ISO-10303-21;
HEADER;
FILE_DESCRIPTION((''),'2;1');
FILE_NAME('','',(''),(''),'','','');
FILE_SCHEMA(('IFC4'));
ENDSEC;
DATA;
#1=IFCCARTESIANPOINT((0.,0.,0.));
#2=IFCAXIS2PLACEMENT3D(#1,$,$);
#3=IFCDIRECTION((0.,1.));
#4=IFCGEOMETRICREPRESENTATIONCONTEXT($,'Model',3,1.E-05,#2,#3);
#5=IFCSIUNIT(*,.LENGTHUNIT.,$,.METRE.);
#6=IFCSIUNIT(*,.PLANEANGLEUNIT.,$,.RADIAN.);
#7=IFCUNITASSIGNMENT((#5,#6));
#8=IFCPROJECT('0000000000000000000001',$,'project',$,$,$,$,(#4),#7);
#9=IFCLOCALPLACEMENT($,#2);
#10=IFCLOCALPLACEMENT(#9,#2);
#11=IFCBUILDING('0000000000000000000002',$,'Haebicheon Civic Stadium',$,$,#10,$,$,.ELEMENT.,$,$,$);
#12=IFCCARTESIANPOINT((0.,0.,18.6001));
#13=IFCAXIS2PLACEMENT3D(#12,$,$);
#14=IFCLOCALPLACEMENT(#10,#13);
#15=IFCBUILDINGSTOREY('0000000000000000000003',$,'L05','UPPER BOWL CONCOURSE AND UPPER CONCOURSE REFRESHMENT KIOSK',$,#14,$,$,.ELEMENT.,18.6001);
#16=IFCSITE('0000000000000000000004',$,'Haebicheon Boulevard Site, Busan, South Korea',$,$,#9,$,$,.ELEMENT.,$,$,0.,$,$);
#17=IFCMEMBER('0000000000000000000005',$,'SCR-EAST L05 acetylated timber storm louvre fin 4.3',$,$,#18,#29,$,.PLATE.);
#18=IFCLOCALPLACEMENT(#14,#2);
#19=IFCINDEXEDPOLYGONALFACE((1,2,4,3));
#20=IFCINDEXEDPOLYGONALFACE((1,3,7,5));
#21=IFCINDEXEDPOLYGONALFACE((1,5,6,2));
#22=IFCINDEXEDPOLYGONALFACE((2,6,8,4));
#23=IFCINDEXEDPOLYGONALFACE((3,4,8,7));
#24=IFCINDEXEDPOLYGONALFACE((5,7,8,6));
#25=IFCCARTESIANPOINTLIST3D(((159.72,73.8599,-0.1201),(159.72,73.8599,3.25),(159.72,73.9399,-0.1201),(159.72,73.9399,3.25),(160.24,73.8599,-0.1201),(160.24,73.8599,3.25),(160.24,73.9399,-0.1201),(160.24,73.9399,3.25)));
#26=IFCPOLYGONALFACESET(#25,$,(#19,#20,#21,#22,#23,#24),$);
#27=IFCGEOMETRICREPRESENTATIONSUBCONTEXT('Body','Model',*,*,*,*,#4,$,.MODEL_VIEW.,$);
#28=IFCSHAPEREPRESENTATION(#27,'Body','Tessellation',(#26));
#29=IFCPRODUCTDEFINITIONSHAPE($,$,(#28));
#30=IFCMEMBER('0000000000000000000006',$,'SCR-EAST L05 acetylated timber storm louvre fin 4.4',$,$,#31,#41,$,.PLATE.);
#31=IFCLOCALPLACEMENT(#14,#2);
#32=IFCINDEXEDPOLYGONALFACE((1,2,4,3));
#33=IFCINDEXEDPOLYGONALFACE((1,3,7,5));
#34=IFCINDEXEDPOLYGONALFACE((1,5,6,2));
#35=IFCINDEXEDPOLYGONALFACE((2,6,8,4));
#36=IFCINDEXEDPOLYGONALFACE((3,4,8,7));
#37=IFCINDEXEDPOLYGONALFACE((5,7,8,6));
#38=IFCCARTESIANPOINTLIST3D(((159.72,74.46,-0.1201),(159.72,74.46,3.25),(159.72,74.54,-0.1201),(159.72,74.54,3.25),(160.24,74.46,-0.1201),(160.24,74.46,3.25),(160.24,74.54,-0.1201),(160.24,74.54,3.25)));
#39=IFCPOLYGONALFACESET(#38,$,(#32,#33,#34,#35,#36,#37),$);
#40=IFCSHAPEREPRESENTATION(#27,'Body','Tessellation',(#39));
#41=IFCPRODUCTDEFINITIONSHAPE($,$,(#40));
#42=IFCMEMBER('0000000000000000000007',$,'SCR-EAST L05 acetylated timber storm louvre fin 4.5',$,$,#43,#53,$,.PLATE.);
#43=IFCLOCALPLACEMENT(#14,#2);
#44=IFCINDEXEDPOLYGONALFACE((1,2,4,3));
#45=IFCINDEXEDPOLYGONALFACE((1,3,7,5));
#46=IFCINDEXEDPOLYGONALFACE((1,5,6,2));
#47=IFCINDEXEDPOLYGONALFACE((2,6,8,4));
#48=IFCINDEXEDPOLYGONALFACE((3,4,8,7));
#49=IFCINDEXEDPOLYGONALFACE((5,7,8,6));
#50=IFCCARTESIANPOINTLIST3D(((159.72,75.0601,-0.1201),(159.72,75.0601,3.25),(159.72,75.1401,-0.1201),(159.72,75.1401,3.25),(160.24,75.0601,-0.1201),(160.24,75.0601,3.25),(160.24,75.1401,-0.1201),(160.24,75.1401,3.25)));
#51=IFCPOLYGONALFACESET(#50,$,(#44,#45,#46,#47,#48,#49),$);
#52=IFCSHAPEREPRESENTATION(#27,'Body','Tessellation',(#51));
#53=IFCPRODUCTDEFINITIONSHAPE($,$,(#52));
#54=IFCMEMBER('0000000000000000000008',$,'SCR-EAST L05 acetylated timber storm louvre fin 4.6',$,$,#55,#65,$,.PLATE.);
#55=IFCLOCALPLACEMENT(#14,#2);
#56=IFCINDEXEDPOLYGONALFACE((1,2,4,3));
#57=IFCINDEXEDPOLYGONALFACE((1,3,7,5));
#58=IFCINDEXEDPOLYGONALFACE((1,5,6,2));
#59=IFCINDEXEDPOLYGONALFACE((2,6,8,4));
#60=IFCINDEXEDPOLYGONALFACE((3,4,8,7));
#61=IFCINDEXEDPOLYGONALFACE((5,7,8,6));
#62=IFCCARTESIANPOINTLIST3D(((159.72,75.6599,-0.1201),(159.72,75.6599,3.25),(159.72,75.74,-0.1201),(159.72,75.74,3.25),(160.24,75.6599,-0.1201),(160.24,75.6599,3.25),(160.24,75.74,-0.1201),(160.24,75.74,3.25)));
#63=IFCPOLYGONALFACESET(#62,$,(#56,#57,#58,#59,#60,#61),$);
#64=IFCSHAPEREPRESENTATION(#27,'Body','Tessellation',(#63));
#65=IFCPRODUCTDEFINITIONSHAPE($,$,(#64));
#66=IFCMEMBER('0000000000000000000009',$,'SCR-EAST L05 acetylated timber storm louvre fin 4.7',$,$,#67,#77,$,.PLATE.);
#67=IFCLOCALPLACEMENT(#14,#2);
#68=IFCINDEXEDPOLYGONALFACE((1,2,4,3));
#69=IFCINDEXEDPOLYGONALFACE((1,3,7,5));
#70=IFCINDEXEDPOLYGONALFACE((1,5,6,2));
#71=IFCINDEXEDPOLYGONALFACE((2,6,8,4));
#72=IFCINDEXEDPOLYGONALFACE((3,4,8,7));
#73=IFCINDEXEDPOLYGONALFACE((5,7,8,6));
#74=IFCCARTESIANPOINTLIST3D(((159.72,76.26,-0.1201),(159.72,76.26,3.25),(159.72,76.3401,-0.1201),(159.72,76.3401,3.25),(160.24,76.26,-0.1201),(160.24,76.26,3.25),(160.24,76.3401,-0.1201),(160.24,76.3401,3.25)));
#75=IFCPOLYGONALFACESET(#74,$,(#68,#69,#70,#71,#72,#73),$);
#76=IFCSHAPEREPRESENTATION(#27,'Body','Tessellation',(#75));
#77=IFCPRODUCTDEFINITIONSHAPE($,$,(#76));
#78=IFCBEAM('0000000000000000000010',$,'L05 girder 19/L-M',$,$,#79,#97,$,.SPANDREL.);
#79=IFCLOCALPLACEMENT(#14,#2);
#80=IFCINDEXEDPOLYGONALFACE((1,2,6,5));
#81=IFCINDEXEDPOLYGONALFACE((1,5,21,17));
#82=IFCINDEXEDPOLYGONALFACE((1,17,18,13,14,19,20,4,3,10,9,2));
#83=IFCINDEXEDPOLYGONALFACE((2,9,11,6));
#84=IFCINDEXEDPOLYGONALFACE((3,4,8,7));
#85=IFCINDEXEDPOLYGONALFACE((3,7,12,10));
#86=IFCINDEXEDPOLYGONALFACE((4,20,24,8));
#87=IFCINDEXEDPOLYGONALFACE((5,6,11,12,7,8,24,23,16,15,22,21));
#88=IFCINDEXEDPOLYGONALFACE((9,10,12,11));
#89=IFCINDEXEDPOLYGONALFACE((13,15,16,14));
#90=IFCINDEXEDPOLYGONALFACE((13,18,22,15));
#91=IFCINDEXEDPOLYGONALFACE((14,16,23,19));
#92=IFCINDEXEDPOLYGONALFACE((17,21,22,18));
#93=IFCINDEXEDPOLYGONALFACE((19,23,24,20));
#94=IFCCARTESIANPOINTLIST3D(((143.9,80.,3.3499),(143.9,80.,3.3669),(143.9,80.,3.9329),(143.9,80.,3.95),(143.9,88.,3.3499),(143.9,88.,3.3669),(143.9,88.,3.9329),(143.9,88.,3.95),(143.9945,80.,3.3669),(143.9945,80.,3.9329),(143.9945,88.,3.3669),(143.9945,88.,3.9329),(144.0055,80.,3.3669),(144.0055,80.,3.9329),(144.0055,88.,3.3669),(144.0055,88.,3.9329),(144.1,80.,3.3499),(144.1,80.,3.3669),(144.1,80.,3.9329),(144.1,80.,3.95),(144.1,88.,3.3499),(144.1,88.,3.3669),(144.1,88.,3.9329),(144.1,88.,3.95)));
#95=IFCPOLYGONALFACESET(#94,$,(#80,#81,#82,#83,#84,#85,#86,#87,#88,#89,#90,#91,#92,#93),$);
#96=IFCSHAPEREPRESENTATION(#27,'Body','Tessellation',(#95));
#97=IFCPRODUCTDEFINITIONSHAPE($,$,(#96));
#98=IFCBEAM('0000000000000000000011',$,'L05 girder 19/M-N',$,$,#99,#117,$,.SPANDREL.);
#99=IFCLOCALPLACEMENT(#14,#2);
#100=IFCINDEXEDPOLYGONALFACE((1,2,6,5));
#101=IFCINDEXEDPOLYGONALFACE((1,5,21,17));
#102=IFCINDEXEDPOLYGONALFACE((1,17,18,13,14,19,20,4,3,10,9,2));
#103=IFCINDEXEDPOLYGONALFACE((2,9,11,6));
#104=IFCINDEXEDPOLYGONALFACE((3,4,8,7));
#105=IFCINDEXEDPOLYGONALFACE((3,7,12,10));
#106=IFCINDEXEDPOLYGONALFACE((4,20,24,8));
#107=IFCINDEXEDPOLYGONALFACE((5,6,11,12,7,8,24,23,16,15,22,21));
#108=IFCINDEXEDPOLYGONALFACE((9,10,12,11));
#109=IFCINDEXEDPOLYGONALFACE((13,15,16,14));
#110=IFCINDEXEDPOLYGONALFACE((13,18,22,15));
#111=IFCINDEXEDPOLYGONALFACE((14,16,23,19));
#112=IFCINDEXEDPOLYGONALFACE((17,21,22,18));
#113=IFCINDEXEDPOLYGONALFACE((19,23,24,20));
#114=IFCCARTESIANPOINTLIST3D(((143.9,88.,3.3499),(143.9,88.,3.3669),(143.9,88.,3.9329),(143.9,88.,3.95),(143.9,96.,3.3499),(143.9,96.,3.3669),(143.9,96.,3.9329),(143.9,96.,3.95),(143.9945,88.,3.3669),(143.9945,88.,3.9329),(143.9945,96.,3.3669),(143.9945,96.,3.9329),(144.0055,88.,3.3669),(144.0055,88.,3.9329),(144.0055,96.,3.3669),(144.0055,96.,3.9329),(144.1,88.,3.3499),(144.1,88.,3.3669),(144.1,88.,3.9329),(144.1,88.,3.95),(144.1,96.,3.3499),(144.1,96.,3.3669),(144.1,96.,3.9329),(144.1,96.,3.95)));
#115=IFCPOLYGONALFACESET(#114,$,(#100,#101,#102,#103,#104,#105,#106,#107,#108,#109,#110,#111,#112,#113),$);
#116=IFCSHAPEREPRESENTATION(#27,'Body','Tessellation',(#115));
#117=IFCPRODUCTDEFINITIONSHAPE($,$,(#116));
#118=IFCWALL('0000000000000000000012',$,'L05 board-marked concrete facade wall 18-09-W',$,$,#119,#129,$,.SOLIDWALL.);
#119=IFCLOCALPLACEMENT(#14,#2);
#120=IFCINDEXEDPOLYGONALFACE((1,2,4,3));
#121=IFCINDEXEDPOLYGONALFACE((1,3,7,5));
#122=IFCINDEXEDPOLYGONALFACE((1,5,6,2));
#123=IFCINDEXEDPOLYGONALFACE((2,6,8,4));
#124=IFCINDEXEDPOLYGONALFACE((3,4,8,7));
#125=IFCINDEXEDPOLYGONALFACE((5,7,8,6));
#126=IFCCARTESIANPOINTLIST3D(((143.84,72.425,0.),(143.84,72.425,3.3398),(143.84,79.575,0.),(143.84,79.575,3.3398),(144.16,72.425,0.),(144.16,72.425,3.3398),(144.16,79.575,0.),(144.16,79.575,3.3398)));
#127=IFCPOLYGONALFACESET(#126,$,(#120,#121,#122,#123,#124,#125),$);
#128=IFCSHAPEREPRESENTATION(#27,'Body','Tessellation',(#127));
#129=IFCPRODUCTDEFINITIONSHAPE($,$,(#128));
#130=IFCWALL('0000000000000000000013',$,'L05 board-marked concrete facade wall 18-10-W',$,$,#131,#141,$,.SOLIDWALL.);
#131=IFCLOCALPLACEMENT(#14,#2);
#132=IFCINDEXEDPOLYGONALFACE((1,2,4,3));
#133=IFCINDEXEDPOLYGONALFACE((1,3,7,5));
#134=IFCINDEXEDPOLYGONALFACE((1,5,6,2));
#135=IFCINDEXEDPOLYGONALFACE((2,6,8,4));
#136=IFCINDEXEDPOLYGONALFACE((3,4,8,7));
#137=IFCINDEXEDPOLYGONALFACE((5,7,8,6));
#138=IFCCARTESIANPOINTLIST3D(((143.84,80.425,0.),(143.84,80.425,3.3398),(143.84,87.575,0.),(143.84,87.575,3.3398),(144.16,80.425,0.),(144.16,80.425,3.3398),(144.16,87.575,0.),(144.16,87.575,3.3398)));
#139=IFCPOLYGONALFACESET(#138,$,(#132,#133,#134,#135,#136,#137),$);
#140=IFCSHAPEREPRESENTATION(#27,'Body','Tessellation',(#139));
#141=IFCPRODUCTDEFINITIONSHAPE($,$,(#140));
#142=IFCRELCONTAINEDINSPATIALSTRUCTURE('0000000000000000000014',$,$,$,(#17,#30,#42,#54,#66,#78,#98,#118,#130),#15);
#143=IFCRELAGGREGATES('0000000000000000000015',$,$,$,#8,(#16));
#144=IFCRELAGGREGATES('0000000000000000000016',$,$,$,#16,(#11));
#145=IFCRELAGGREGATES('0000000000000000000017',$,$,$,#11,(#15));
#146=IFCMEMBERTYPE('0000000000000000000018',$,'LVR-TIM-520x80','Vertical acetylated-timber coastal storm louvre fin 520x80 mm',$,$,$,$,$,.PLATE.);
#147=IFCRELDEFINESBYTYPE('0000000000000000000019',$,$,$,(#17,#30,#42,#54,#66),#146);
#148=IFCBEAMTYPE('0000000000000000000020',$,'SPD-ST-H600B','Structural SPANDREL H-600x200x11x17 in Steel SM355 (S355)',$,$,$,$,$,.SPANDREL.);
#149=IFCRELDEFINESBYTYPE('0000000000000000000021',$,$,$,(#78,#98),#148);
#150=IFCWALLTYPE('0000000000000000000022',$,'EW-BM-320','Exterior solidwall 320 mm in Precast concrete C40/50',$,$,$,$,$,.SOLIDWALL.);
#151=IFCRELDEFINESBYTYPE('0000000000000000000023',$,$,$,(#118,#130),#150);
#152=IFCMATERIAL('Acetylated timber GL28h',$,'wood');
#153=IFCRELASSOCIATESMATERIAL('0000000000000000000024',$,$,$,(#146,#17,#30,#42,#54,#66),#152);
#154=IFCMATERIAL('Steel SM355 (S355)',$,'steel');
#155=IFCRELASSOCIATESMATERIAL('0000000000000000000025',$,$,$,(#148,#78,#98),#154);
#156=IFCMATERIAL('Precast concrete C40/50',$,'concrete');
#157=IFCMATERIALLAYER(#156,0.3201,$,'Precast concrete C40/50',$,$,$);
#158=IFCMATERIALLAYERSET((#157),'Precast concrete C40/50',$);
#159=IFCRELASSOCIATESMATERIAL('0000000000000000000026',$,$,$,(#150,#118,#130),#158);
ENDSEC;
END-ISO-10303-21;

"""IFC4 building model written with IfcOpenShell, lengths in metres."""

from ifc_helpers import new_model, si_unit, direction, frame, frame_2d, origin, origin_2d, place, context, subcontext, project, spatial, rectangle, i_section, extrude, material, layer, layer_set, material_profile, profile_set, type_object, element, save


model = new_model("IFC4")

# Units and contexts
model_context = context("Model", 3, precision=1e-05, world=origin(), true_north=direction((0.0, 1.0)))
body_context = subcontext(model_context, "Body", "Model", "MODEL_VIEW")
ifc_project = project(units=[si_unit("LENGTHUNIT", "METRE"), si_unit("PLANEANGLEUNIT", "RADIAN")], contexts=[model_context])

# Site, building, storey
site_placement = place(None, origin())
site = spatial("IfcSite", under=ifc_project, at=site_placement, Name="Haebicheon Boulevard Site, Busan, South Korea", CompositionType="ELEMENT", RefElevation=0.0)
building_placement = place(site_placement, origin())
building = spatial("IfcBuilding", under=site, at=building_placement, Name="Haebicheon Civic Stadium", CompositionType="ELEMENT")
storey_placement = place(building_placement, frame((0.0, 0.0, 18.6001)))
storey = spatial("IfcBuildingStorey", under=building, at=storey_placement, Name="L05", Description="UPPER BOWL CONCOURSE AND UPPER CONCOURSE REFRESHMENT KIOSK", CompositionType="ELEMENT", Elevation=18.6001)

# Members
ifc_material_1 = material(Name="Acetylated timber GL28h", Category="wood")
ifc_material_profile_1 = material_profile(ifc_material_1, rectangle(XDim=0.0801, YDim=0.52, at=origin_2d()), Name="TMB-LOUV-80x520")
ifc_profile_set_1 = profile_set([ifc_material_profile_1], Name="Acetylated timber GL28h")
member_type = type_object("IfcMemberType", Name="LVR-TIM-520x80", Description="Vertical acetylated-timber coastal storm louvre fin 520x80 mm", PredefinedType="PLATE", material=ifc_profile_set_1)
for number, where, z_axis, x_axis, name in (
    (1, (159.98, 73.8999, -0.1201), (0.0, 0.0, 1.0), (0.0, 1.0, 0.0), "SCR-EAST L05 acetylated timber storm louvre fin 4.3"),
    (2, (159.98, 74.5, -0.1201), (0.0, 0.0, 1.0), (0.0, 1.0, 0.0), "SCR-EAST L05 acetylated timber storm louvre fin 4.4"),
    (3, (159.98, 75.1001, -0.1201), (0.0, 0.0, 1.0), (0.0, 1.0, 0.0), "SCR-EAST L05 acetylated timber storm louvre fin 4.5"),
    (4, (159.98, 75.7, -0.1201), (0.0, 0.0, 1.0), (0.0, 1.0, 0.0), "SCR-EAST L05 acetylated timber storm louvre fin 4.6"),
    (5, (159.98, 76.3, -0.1201), (0.0, 0.0, 1.0), (0.0, 1.0, 0.0), "SCR-EAST L05 acetylated timber storm louvre fin 4.7"),
):
    element("IfcMember", number, at=place(storey_placement, frame(where, z_axis=z_axis, x_axis=x_axis)), inside=storey, type_object=member_type, material=ifc_profile_set_1, Name=name, PredefinedType="PLATE", context=body_context, shape_type="SweptSolid", body=[
        extrude(rectangle(XDim=0.0801, YDim=0.52, at=origin_2d()), origin(), (0.0, 0.0, 1.0), 3.3701),
    ])

# Beams
ifc_material_2 = material(Name="Steel SM355 (S355)", Category="steel")
ifc_material_profile_2 = material_profile(ifc_material_2, i_section(OverallWidth=0.2, OverallDepth=0.6001, WebThickness=0.011, FlangeThickness=0.0171, at=origin_2d()), Name="H-600x200x11x17")
ifc_profile_set_2 = profile_set([ifc_material_profile_2], Name="Steel SM355 (S355)")
beam_type_1 = type_object("IfcBeamType", Name="SPD-ST-H600B", Description="Structural SPANDREL H-600x200x11x17 in Steel SM355 (S355)", PredefinedType="SPANDREL", material=ifc_profile_set_2)
for number, where, z_axis, x_axis, name in (
    (6, (144.0, 80.0, 3.6499), (0.0, 1.0, 0.0), (-1.0, 0.0, 0.0), "L05 girder 19/L-M"),
    (7, (144.0, 88.0, 3.6499), (0.0, 1.0, 0.0), (-1.0, 0.0, 0.0), "L05 girder 19/M-N"),
):
    element("IfcBeam", number, at=place(storey_placement, frame(where, z_axis=z_axis, x_axis=x_axis)), inside=storey, type_object=beam_type_1, material=ifc_profile_set_2, Name=name, PredefinedType="SPANDREL", context=body_context, shape_type="SweptSolid", body=[
        extrude(i_section(OverallWidth=0.2, OverallDepth=0.6001, WebThickness=0.011, FlangeThickness=0.0171, at=origin_2d()), origin(), (0.0, 0.0, 1.0), 8.0),
    ])

# Walls
ifc_material_3 = material(Name="Precast concrete C40/50", Category="concrete")
ifc_layer = layer(ifc_material_3, 0.3201, Name="Precast concrete C40/50")
ifc_layer_set = layer_set([ifc_layer], Name="Precast concrete C40/50")
wall_type = type_object("IfcWallType", Name="EW-BM-320", Description="Exterior solidwall 320 mm in Precast concrete C40/50", PredefinedType="SOLIDWALL", material=ifc_layer_set)
for number, where, z_axis, x_axis, name in (
    (8, (144.0, 72.425, 0.0), (0.0, 0.0, 1.0), (0.0, 1.0, 0.0), "L05 board-marked concrete facade wall 18-09-W"),
    (9, (144.0, 80.425, 0.0), (0.0, 0.0, 1.0), (0.0, 1.0, 0.0), "L05 board-marked concrete facade wall 18-10-W"),
):
    element("IfcWall", number, at=place(storey_placement, frame(where, z_axis=z_axis, x_axis=x_axis)), inside=storey, type_object=wall_type, material=ifc_layer_set, Name=name, PredefinedType="SOLIDWALL", context=body_context, shape_type="SweptSolid", body=[
        extrude(rectangle(XDim=7.1499, YDim=0.3201, at=frame_2d((3.575, 0.0))), origin(), (0.0, 0.0, 1.0), 3.3398),
    ])

save(model, "model.ifc")
